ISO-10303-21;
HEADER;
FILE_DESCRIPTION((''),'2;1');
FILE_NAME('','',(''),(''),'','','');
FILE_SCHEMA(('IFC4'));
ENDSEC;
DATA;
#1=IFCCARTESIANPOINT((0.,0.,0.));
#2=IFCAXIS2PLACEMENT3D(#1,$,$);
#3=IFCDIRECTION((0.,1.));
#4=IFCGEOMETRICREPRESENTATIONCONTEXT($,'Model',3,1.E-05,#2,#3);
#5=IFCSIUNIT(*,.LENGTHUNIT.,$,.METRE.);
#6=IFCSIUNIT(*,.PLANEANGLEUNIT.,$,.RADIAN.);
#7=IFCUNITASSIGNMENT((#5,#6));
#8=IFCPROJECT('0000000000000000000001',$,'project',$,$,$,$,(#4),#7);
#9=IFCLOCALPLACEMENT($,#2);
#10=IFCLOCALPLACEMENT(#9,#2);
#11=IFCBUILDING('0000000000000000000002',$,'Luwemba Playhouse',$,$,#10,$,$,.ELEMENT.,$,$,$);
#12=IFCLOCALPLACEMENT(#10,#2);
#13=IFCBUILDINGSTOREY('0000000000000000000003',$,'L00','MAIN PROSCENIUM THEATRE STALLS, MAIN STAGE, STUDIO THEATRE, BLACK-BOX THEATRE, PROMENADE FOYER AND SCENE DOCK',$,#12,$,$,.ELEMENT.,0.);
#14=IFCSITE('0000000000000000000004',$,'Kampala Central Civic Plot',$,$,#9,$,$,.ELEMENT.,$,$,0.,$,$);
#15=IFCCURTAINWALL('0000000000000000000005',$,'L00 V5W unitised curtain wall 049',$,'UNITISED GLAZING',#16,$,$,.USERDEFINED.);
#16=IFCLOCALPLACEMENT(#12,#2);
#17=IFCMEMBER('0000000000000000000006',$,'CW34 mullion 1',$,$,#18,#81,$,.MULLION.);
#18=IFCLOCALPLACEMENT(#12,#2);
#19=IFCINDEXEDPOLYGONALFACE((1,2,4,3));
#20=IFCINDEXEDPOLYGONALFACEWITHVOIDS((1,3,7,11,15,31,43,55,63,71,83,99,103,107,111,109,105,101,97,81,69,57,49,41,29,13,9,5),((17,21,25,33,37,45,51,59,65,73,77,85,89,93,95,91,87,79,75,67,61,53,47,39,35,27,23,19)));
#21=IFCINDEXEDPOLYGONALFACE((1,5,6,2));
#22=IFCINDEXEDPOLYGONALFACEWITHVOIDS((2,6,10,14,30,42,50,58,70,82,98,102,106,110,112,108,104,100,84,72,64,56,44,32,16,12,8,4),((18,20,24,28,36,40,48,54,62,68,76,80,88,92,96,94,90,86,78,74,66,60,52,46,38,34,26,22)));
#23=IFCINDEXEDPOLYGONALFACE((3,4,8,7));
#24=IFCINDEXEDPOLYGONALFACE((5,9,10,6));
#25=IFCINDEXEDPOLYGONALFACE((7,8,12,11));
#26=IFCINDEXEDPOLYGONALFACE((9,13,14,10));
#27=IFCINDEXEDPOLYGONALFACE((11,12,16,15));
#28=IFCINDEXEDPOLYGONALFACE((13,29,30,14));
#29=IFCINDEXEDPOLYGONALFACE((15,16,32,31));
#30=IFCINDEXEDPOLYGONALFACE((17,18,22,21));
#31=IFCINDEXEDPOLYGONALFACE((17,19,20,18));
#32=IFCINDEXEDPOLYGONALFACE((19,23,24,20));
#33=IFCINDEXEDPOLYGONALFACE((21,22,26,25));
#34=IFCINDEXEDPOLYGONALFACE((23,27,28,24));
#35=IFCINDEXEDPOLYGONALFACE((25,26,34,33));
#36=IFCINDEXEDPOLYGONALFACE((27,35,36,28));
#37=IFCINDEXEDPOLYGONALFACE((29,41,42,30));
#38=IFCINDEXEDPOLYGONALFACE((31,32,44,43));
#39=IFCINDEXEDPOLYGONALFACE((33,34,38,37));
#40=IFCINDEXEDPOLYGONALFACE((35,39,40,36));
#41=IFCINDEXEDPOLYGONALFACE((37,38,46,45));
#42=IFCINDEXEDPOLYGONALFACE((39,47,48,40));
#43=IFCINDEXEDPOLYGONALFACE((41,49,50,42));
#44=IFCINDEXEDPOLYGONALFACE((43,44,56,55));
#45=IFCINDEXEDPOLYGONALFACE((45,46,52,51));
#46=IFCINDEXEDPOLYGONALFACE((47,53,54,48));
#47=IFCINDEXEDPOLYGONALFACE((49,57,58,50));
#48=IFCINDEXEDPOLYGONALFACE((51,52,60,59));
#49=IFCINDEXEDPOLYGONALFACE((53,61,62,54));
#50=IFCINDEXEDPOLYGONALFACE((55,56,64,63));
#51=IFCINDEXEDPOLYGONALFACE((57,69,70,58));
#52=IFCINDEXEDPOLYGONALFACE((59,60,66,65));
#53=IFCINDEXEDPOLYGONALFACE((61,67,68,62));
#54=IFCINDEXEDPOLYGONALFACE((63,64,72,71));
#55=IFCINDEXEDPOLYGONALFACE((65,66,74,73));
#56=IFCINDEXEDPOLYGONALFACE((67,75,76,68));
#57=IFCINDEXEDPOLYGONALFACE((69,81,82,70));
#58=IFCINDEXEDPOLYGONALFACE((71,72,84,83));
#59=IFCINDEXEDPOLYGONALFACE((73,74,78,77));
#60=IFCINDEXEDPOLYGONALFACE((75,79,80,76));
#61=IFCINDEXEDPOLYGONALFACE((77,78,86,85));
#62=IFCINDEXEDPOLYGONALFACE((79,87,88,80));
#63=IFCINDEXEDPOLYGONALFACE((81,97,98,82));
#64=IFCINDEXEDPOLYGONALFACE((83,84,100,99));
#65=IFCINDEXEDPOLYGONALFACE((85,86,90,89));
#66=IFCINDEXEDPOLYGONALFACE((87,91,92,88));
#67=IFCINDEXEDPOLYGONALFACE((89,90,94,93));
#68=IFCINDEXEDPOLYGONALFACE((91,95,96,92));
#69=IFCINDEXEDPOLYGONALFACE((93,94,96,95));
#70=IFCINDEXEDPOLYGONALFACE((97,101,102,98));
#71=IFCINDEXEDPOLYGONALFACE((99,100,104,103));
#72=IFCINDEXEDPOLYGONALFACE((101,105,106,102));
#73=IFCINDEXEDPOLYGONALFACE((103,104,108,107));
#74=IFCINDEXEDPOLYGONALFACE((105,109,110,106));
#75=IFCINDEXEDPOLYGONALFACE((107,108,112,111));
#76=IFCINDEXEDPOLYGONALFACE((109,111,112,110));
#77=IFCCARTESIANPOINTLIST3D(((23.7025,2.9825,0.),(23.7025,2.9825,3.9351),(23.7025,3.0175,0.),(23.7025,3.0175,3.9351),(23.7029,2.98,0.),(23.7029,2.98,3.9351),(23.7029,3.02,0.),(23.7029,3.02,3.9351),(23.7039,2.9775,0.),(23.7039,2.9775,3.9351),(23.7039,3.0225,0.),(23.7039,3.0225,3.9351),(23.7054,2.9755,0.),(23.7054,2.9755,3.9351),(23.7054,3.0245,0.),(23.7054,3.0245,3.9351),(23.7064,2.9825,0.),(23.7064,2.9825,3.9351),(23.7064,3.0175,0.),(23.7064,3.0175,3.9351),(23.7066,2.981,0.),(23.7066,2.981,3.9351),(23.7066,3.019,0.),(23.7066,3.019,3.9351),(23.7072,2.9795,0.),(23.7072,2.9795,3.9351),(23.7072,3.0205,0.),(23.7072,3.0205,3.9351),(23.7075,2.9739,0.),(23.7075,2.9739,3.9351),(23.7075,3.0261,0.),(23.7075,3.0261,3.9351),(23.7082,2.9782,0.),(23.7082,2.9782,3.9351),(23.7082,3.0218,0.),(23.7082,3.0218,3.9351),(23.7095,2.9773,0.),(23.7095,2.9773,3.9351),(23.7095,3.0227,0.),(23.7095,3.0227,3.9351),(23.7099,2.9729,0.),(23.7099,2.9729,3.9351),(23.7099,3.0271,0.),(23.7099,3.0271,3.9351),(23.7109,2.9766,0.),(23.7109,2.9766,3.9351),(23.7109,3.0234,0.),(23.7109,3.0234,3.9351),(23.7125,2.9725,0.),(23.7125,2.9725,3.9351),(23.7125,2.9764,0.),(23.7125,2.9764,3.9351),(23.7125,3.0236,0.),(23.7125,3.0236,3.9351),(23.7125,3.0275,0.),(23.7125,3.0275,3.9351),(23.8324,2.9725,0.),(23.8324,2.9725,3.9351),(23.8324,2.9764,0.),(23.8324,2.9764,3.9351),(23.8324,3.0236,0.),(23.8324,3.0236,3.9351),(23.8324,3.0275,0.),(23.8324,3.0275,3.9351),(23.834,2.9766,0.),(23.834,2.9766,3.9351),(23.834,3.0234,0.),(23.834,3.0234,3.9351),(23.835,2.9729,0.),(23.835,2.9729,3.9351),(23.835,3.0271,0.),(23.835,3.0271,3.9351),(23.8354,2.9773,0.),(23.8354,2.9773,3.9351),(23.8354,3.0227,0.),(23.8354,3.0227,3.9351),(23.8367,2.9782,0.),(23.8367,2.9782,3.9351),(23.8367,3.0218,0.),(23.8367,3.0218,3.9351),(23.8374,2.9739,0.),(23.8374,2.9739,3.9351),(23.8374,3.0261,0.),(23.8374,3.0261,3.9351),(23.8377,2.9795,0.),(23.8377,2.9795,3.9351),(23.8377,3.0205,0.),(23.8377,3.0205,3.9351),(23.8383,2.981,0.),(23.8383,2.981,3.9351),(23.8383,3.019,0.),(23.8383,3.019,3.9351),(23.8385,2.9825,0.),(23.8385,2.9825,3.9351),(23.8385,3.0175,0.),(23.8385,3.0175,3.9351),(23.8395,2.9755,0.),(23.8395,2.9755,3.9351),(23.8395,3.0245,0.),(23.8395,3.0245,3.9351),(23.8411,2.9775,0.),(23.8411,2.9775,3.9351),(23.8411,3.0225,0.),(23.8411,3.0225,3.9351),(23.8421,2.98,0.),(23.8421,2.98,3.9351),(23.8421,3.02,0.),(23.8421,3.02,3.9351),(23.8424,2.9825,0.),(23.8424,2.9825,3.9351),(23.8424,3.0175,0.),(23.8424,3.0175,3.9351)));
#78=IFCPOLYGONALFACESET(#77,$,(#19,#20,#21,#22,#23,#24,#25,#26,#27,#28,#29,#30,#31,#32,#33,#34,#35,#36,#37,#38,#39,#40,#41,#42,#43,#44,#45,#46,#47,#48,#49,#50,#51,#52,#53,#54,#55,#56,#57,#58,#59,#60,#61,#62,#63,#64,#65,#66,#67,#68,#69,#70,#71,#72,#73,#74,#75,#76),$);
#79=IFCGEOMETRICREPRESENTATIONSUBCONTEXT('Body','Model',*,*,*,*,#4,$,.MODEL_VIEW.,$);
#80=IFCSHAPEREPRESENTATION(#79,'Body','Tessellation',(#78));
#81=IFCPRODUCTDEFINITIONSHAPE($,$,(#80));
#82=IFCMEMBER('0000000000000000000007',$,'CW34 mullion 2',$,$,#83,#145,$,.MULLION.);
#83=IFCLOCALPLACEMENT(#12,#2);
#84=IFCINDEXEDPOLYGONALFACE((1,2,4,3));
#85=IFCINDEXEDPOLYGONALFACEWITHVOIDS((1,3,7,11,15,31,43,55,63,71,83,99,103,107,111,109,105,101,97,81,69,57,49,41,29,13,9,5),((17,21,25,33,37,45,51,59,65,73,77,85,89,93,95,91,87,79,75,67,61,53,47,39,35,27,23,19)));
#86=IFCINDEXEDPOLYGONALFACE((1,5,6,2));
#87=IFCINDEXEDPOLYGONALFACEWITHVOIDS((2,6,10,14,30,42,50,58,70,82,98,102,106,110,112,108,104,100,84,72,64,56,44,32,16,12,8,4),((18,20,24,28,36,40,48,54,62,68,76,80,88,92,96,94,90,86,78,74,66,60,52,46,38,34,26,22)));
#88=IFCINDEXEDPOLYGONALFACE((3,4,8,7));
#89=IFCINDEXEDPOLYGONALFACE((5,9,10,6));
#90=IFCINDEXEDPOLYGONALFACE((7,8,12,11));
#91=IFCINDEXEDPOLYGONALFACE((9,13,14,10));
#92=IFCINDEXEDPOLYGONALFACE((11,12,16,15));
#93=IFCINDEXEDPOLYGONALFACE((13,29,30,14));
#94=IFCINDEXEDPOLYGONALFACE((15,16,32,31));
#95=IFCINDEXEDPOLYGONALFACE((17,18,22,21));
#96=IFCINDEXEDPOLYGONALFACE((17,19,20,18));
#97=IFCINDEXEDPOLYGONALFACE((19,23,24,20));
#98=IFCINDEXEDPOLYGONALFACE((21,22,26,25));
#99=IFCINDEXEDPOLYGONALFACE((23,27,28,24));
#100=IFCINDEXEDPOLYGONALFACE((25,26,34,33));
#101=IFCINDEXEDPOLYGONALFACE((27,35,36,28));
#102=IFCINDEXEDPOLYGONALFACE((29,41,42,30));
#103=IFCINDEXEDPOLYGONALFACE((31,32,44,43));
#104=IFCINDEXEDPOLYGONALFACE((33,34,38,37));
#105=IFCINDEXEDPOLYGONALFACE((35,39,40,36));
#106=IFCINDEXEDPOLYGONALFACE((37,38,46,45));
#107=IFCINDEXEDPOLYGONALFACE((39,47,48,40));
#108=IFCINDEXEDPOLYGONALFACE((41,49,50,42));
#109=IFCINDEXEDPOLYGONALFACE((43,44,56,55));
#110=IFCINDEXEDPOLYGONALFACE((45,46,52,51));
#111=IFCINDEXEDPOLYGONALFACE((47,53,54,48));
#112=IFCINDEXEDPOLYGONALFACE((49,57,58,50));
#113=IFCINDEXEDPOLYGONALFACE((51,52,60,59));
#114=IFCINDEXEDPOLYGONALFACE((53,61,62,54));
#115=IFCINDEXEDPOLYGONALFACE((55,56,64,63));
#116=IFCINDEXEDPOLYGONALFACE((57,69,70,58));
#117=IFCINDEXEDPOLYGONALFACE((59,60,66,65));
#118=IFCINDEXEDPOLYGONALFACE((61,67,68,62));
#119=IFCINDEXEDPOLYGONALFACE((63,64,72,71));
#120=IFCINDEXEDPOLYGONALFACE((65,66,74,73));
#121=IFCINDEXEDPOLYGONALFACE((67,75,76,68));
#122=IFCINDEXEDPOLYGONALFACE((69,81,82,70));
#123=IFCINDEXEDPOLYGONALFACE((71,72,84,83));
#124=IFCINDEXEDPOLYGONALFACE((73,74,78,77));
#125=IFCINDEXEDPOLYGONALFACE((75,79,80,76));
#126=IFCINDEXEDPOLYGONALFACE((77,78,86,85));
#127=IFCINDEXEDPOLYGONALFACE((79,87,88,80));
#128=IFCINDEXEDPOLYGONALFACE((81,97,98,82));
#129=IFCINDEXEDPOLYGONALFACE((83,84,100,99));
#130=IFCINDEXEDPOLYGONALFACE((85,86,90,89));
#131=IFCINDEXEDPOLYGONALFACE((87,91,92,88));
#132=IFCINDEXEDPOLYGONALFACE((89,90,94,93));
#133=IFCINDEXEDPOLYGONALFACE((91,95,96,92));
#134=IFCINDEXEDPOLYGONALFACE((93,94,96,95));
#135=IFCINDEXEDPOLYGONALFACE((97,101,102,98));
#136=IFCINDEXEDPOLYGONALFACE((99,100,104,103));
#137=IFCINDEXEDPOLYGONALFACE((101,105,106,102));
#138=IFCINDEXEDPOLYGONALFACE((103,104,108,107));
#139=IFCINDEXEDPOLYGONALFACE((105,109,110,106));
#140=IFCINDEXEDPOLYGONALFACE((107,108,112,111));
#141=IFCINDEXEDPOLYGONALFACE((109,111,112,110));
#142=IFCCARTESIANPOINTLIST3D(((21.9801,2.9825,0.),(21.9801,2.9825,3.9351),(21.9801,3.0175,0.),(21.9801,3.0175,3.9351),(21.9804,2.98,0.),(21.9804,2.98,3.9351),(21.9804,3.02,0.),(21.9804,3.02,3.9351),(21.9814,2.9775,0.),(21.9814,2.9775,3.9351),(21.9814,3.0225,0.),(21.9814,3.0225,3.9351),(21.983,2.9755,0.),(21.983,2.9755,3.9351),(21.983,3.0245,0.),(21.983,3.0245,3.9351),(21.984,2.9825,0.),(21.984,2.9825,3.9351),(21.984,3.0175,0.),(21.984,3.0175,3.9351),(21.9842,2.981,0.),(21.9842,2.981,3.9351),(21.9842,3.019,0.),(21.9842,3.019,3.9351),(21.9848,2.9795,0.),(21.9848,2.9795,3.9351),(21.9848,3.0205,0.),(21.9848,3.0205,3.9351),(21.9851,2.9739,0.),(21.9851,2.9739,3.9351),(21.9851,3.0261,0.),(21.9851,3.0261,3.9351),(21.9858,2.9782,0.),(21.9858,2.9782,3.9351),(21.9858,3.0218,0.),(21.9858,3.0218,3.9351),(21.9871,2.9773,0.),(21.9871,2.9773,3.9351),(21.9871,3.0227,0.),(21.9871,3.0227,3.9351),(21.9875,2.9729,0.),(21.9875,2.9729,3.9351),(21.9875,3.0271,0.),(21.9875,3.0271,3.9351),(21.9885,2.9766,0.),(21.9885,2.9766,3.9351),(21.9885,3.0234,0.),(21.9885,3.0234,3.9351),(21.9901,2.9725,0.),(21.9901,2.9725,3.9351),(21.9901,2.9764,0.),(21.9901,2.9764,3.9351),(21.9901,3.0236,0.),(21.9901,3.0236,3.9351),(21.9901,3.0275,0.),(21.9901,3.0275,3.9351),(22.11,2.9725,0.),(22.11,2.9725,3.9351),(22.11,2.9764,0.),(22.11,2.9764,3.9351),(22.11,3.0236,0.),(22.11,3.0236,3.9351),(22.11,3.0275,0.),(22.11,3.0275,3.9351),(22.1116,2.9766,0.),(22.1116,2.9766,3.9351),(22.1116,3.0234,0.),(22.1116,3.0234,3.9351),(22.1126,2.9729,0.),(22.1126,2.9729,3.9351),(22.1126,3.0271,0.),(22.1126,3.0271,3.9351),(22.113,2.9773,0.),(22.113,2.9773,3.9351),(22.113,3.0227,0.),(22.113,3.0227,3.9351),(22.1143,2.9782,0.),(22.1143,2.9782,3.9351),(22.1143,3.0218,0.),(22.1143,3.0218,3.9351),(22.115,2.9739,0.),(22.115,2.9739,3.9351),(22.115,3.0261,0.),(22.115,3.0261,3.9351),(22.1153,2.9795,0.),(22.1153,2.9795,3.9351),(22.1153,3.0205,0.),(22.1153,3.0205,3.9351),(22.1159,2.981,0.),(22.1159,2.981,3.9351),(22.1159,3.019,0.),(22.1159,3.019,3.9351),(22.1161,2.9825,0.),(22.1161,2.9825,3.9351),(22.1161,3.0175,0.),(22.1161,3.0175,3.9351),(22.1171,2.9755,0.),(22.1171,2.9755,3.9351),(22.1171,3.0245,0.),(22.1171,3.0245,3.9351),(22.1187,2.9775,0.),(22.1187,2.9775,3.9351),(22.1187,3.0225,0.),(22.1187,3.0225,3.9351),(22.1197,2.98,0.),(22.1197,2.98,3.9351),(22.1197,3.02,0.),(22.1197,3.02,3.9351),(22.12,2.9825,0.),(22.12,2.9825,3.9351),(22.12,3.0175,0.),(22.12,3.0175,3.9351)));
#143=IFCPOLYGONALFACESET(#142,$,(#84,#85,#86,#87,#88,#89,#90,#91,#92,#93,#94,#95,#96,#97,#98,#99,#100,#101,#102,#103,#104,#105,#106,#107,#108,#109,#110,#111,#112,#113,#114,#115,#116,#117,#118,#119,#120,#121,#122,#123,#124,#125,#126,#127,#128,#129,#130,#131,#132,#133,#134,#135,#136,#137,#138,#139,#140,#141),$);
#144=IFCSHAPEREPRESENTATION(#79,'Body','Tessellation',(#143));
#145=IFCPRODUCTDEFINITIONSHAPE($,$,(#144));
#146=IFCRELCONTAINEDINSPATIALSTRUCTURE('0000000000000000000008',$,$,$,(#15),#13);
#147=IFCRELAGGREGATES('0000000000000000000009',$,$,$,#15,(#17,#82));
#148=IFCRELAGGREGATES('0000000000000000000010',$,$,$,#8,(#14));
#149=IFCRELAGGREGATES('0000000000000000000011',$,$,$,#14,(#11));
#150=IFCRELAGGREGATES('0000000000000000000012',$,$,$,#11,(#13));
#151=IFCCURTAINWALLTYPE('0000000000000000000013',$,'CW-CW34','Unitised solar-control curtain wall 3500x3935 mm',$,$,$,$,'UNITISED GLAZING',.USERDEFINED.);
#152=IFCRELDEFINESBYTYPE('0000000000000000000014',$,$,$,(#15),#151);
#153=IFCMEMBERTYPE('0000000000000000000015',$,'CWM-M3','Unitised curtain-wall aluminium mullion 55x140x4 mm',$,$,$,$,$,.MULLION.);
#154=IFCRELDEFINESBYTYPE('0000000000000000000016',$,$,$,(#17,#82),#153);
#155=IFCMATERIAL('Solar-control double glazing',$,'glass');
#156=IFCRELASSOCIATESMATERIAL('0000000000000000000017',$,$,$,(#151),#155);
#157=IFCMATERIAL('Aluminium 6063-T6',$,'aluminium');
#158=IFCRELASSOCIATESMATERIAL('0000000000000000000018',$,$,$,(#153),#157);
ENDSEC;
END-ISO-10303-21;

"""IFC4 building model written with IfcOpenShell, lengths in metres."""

from ifc_helpers import new_model, si_unit, direction, frame, origin, origin_2d, place, context, subcontext, project, spatial, hollow_rectangle, extrude, material, material_profile, profile_set, type_object, element, aggregate, save


model = new_model("IFC4")

# Units and contexts
model_context = context("Model", 3, precision=1e-05, world=origin(), true_north=direction((0.0, 1.0)))
body_context = subcontext(model_context, "Body", "Model", "MODEL_VIEW")
ifc_project = project(units=[si_unit("LENGTHUNIT", "METRE"), si_unit("PLANEANGLEUNIT", "RADIAN")], contexts=[model_context])

# Site, building, storey
site_placement = place(None, origin())
site = spatial("IfcSite", under=ifc_project, at=site_placement, Name="Kampala Central Civic Plot", CompositionType="ELEMENT", RefElevation=0.0)
building_placement = place(site_placement, origin())
building = spatial("IfcBuilding", under=site, at=building_placement, Name="Luwemba Playhouse", CompositionType="ELEMENT")
storey_placement = place(building_placement, origin())
storey = spatial("IfcBuildingStorey", under=building, at=storey_placement, Name="L00", Description="MAIN PROSCENIUM THEATRE STALLS, MAIN STAGE, STUDIO THEATRE, BLACK-BOX THEATRE, PROMENADE FOYER AND SCENE DOCK", CompositionType="ELEMENT", Elevation=0.0)

# Shared definitions
ifc_material_1 = material(Name="Solar-control double glazing", Category="glass")
ifc_material_2 = material(Name="Aluminium 6063-T6", Category="aluminium")

# Curtain wall, members
curtain_wall_type_1 = type_object("IfcCurtainWallType", Name="CW-CW34", Description="Unitised solar-control curtain wall 3500x3935 mm", ElementType="UNITISED GLAZING", PredefinedType="USERDEFINED", material=ifc_material_1)
curtain_wall_1_placement = place(storey_placement, origin())
curtain_wall_1 = element("IfcCurtainWall", 1, at=curtain_wall_1_placement, inside=storey, type_object=curtain_wall_type_1, Name="L00 V5W unitised curtain wall 049", ObjectType="UNITISED GLAZING", PredefinedType="USERDEFINED")
ifc_material_profile_1 = material_profile(ifc_material_2, hollow_rectangle(XDim=0.0549, YDim=0.1399, WallThickness=0.0039, InnerFilletRadius=0.0061, OuterFilletRadius=0.01, at=origin_2d()))
ifc_profile_set_1 = profile_set([ifc_material_profile_1], Name="Aluminium 6063-T6")
member_type_1 = type_object("IfcMemberType", Name="CWM-M3", Description="Unitised curtain-wall aluminium mullion 55x140x4 mm", PredefinedType="MULLION", material=ifc_profile_set_1)
member_1_placement = place(storey_placement, frame((23.7725, 3.0, 0.0), z_axis=(0.0, 0.0, 1.0), x_axis=(0.0, -1.0, 0.0)))
member_1 = element("IfcMember", 2, at=member_1_placement, type_object=member_type_1, Name="CW34 mullion 1", PredefinedType="MULLION", context=body_context, shape_type="SweptSolid", body=[
    extrude(hollow_rectangle(XDim=0.0549, YDim=0.1399, WallThickness=0.0039, InnerFilletRadius=0.0061, OuterFilletRadius=0.01, at=origin_2d()), origin(), (0.0, 0.0, 1.0), 3.9351),
])
member_2_placement = place(storey_placement, frame((22.05, 3.0, 0.0), z_axis=(0.0, 0.0, 1.0), x_axis=(0.0, -1.0, 0.0)))
member_2 = element("IfcMember", 3, at=member_2_placement, type_object=member_type_1, Name="CW34 mullion 2", PredefinedType="MULLION", context=body_context, shape_type="SweptSolid", body=[
    extrude(hollow_rectangle(XDim=0.0549, YDim=0.1399, WallThickness=0.0039, InnerFilletRadius=0.0061, OuterFilletRadius=0.01, at=origin_2d()), origin(), (0.0, 0.0, 1.0), 3.9351),
])

aggregate(curtain_wall_1, [member_1, member_2])

save(model, "model.ifc")
